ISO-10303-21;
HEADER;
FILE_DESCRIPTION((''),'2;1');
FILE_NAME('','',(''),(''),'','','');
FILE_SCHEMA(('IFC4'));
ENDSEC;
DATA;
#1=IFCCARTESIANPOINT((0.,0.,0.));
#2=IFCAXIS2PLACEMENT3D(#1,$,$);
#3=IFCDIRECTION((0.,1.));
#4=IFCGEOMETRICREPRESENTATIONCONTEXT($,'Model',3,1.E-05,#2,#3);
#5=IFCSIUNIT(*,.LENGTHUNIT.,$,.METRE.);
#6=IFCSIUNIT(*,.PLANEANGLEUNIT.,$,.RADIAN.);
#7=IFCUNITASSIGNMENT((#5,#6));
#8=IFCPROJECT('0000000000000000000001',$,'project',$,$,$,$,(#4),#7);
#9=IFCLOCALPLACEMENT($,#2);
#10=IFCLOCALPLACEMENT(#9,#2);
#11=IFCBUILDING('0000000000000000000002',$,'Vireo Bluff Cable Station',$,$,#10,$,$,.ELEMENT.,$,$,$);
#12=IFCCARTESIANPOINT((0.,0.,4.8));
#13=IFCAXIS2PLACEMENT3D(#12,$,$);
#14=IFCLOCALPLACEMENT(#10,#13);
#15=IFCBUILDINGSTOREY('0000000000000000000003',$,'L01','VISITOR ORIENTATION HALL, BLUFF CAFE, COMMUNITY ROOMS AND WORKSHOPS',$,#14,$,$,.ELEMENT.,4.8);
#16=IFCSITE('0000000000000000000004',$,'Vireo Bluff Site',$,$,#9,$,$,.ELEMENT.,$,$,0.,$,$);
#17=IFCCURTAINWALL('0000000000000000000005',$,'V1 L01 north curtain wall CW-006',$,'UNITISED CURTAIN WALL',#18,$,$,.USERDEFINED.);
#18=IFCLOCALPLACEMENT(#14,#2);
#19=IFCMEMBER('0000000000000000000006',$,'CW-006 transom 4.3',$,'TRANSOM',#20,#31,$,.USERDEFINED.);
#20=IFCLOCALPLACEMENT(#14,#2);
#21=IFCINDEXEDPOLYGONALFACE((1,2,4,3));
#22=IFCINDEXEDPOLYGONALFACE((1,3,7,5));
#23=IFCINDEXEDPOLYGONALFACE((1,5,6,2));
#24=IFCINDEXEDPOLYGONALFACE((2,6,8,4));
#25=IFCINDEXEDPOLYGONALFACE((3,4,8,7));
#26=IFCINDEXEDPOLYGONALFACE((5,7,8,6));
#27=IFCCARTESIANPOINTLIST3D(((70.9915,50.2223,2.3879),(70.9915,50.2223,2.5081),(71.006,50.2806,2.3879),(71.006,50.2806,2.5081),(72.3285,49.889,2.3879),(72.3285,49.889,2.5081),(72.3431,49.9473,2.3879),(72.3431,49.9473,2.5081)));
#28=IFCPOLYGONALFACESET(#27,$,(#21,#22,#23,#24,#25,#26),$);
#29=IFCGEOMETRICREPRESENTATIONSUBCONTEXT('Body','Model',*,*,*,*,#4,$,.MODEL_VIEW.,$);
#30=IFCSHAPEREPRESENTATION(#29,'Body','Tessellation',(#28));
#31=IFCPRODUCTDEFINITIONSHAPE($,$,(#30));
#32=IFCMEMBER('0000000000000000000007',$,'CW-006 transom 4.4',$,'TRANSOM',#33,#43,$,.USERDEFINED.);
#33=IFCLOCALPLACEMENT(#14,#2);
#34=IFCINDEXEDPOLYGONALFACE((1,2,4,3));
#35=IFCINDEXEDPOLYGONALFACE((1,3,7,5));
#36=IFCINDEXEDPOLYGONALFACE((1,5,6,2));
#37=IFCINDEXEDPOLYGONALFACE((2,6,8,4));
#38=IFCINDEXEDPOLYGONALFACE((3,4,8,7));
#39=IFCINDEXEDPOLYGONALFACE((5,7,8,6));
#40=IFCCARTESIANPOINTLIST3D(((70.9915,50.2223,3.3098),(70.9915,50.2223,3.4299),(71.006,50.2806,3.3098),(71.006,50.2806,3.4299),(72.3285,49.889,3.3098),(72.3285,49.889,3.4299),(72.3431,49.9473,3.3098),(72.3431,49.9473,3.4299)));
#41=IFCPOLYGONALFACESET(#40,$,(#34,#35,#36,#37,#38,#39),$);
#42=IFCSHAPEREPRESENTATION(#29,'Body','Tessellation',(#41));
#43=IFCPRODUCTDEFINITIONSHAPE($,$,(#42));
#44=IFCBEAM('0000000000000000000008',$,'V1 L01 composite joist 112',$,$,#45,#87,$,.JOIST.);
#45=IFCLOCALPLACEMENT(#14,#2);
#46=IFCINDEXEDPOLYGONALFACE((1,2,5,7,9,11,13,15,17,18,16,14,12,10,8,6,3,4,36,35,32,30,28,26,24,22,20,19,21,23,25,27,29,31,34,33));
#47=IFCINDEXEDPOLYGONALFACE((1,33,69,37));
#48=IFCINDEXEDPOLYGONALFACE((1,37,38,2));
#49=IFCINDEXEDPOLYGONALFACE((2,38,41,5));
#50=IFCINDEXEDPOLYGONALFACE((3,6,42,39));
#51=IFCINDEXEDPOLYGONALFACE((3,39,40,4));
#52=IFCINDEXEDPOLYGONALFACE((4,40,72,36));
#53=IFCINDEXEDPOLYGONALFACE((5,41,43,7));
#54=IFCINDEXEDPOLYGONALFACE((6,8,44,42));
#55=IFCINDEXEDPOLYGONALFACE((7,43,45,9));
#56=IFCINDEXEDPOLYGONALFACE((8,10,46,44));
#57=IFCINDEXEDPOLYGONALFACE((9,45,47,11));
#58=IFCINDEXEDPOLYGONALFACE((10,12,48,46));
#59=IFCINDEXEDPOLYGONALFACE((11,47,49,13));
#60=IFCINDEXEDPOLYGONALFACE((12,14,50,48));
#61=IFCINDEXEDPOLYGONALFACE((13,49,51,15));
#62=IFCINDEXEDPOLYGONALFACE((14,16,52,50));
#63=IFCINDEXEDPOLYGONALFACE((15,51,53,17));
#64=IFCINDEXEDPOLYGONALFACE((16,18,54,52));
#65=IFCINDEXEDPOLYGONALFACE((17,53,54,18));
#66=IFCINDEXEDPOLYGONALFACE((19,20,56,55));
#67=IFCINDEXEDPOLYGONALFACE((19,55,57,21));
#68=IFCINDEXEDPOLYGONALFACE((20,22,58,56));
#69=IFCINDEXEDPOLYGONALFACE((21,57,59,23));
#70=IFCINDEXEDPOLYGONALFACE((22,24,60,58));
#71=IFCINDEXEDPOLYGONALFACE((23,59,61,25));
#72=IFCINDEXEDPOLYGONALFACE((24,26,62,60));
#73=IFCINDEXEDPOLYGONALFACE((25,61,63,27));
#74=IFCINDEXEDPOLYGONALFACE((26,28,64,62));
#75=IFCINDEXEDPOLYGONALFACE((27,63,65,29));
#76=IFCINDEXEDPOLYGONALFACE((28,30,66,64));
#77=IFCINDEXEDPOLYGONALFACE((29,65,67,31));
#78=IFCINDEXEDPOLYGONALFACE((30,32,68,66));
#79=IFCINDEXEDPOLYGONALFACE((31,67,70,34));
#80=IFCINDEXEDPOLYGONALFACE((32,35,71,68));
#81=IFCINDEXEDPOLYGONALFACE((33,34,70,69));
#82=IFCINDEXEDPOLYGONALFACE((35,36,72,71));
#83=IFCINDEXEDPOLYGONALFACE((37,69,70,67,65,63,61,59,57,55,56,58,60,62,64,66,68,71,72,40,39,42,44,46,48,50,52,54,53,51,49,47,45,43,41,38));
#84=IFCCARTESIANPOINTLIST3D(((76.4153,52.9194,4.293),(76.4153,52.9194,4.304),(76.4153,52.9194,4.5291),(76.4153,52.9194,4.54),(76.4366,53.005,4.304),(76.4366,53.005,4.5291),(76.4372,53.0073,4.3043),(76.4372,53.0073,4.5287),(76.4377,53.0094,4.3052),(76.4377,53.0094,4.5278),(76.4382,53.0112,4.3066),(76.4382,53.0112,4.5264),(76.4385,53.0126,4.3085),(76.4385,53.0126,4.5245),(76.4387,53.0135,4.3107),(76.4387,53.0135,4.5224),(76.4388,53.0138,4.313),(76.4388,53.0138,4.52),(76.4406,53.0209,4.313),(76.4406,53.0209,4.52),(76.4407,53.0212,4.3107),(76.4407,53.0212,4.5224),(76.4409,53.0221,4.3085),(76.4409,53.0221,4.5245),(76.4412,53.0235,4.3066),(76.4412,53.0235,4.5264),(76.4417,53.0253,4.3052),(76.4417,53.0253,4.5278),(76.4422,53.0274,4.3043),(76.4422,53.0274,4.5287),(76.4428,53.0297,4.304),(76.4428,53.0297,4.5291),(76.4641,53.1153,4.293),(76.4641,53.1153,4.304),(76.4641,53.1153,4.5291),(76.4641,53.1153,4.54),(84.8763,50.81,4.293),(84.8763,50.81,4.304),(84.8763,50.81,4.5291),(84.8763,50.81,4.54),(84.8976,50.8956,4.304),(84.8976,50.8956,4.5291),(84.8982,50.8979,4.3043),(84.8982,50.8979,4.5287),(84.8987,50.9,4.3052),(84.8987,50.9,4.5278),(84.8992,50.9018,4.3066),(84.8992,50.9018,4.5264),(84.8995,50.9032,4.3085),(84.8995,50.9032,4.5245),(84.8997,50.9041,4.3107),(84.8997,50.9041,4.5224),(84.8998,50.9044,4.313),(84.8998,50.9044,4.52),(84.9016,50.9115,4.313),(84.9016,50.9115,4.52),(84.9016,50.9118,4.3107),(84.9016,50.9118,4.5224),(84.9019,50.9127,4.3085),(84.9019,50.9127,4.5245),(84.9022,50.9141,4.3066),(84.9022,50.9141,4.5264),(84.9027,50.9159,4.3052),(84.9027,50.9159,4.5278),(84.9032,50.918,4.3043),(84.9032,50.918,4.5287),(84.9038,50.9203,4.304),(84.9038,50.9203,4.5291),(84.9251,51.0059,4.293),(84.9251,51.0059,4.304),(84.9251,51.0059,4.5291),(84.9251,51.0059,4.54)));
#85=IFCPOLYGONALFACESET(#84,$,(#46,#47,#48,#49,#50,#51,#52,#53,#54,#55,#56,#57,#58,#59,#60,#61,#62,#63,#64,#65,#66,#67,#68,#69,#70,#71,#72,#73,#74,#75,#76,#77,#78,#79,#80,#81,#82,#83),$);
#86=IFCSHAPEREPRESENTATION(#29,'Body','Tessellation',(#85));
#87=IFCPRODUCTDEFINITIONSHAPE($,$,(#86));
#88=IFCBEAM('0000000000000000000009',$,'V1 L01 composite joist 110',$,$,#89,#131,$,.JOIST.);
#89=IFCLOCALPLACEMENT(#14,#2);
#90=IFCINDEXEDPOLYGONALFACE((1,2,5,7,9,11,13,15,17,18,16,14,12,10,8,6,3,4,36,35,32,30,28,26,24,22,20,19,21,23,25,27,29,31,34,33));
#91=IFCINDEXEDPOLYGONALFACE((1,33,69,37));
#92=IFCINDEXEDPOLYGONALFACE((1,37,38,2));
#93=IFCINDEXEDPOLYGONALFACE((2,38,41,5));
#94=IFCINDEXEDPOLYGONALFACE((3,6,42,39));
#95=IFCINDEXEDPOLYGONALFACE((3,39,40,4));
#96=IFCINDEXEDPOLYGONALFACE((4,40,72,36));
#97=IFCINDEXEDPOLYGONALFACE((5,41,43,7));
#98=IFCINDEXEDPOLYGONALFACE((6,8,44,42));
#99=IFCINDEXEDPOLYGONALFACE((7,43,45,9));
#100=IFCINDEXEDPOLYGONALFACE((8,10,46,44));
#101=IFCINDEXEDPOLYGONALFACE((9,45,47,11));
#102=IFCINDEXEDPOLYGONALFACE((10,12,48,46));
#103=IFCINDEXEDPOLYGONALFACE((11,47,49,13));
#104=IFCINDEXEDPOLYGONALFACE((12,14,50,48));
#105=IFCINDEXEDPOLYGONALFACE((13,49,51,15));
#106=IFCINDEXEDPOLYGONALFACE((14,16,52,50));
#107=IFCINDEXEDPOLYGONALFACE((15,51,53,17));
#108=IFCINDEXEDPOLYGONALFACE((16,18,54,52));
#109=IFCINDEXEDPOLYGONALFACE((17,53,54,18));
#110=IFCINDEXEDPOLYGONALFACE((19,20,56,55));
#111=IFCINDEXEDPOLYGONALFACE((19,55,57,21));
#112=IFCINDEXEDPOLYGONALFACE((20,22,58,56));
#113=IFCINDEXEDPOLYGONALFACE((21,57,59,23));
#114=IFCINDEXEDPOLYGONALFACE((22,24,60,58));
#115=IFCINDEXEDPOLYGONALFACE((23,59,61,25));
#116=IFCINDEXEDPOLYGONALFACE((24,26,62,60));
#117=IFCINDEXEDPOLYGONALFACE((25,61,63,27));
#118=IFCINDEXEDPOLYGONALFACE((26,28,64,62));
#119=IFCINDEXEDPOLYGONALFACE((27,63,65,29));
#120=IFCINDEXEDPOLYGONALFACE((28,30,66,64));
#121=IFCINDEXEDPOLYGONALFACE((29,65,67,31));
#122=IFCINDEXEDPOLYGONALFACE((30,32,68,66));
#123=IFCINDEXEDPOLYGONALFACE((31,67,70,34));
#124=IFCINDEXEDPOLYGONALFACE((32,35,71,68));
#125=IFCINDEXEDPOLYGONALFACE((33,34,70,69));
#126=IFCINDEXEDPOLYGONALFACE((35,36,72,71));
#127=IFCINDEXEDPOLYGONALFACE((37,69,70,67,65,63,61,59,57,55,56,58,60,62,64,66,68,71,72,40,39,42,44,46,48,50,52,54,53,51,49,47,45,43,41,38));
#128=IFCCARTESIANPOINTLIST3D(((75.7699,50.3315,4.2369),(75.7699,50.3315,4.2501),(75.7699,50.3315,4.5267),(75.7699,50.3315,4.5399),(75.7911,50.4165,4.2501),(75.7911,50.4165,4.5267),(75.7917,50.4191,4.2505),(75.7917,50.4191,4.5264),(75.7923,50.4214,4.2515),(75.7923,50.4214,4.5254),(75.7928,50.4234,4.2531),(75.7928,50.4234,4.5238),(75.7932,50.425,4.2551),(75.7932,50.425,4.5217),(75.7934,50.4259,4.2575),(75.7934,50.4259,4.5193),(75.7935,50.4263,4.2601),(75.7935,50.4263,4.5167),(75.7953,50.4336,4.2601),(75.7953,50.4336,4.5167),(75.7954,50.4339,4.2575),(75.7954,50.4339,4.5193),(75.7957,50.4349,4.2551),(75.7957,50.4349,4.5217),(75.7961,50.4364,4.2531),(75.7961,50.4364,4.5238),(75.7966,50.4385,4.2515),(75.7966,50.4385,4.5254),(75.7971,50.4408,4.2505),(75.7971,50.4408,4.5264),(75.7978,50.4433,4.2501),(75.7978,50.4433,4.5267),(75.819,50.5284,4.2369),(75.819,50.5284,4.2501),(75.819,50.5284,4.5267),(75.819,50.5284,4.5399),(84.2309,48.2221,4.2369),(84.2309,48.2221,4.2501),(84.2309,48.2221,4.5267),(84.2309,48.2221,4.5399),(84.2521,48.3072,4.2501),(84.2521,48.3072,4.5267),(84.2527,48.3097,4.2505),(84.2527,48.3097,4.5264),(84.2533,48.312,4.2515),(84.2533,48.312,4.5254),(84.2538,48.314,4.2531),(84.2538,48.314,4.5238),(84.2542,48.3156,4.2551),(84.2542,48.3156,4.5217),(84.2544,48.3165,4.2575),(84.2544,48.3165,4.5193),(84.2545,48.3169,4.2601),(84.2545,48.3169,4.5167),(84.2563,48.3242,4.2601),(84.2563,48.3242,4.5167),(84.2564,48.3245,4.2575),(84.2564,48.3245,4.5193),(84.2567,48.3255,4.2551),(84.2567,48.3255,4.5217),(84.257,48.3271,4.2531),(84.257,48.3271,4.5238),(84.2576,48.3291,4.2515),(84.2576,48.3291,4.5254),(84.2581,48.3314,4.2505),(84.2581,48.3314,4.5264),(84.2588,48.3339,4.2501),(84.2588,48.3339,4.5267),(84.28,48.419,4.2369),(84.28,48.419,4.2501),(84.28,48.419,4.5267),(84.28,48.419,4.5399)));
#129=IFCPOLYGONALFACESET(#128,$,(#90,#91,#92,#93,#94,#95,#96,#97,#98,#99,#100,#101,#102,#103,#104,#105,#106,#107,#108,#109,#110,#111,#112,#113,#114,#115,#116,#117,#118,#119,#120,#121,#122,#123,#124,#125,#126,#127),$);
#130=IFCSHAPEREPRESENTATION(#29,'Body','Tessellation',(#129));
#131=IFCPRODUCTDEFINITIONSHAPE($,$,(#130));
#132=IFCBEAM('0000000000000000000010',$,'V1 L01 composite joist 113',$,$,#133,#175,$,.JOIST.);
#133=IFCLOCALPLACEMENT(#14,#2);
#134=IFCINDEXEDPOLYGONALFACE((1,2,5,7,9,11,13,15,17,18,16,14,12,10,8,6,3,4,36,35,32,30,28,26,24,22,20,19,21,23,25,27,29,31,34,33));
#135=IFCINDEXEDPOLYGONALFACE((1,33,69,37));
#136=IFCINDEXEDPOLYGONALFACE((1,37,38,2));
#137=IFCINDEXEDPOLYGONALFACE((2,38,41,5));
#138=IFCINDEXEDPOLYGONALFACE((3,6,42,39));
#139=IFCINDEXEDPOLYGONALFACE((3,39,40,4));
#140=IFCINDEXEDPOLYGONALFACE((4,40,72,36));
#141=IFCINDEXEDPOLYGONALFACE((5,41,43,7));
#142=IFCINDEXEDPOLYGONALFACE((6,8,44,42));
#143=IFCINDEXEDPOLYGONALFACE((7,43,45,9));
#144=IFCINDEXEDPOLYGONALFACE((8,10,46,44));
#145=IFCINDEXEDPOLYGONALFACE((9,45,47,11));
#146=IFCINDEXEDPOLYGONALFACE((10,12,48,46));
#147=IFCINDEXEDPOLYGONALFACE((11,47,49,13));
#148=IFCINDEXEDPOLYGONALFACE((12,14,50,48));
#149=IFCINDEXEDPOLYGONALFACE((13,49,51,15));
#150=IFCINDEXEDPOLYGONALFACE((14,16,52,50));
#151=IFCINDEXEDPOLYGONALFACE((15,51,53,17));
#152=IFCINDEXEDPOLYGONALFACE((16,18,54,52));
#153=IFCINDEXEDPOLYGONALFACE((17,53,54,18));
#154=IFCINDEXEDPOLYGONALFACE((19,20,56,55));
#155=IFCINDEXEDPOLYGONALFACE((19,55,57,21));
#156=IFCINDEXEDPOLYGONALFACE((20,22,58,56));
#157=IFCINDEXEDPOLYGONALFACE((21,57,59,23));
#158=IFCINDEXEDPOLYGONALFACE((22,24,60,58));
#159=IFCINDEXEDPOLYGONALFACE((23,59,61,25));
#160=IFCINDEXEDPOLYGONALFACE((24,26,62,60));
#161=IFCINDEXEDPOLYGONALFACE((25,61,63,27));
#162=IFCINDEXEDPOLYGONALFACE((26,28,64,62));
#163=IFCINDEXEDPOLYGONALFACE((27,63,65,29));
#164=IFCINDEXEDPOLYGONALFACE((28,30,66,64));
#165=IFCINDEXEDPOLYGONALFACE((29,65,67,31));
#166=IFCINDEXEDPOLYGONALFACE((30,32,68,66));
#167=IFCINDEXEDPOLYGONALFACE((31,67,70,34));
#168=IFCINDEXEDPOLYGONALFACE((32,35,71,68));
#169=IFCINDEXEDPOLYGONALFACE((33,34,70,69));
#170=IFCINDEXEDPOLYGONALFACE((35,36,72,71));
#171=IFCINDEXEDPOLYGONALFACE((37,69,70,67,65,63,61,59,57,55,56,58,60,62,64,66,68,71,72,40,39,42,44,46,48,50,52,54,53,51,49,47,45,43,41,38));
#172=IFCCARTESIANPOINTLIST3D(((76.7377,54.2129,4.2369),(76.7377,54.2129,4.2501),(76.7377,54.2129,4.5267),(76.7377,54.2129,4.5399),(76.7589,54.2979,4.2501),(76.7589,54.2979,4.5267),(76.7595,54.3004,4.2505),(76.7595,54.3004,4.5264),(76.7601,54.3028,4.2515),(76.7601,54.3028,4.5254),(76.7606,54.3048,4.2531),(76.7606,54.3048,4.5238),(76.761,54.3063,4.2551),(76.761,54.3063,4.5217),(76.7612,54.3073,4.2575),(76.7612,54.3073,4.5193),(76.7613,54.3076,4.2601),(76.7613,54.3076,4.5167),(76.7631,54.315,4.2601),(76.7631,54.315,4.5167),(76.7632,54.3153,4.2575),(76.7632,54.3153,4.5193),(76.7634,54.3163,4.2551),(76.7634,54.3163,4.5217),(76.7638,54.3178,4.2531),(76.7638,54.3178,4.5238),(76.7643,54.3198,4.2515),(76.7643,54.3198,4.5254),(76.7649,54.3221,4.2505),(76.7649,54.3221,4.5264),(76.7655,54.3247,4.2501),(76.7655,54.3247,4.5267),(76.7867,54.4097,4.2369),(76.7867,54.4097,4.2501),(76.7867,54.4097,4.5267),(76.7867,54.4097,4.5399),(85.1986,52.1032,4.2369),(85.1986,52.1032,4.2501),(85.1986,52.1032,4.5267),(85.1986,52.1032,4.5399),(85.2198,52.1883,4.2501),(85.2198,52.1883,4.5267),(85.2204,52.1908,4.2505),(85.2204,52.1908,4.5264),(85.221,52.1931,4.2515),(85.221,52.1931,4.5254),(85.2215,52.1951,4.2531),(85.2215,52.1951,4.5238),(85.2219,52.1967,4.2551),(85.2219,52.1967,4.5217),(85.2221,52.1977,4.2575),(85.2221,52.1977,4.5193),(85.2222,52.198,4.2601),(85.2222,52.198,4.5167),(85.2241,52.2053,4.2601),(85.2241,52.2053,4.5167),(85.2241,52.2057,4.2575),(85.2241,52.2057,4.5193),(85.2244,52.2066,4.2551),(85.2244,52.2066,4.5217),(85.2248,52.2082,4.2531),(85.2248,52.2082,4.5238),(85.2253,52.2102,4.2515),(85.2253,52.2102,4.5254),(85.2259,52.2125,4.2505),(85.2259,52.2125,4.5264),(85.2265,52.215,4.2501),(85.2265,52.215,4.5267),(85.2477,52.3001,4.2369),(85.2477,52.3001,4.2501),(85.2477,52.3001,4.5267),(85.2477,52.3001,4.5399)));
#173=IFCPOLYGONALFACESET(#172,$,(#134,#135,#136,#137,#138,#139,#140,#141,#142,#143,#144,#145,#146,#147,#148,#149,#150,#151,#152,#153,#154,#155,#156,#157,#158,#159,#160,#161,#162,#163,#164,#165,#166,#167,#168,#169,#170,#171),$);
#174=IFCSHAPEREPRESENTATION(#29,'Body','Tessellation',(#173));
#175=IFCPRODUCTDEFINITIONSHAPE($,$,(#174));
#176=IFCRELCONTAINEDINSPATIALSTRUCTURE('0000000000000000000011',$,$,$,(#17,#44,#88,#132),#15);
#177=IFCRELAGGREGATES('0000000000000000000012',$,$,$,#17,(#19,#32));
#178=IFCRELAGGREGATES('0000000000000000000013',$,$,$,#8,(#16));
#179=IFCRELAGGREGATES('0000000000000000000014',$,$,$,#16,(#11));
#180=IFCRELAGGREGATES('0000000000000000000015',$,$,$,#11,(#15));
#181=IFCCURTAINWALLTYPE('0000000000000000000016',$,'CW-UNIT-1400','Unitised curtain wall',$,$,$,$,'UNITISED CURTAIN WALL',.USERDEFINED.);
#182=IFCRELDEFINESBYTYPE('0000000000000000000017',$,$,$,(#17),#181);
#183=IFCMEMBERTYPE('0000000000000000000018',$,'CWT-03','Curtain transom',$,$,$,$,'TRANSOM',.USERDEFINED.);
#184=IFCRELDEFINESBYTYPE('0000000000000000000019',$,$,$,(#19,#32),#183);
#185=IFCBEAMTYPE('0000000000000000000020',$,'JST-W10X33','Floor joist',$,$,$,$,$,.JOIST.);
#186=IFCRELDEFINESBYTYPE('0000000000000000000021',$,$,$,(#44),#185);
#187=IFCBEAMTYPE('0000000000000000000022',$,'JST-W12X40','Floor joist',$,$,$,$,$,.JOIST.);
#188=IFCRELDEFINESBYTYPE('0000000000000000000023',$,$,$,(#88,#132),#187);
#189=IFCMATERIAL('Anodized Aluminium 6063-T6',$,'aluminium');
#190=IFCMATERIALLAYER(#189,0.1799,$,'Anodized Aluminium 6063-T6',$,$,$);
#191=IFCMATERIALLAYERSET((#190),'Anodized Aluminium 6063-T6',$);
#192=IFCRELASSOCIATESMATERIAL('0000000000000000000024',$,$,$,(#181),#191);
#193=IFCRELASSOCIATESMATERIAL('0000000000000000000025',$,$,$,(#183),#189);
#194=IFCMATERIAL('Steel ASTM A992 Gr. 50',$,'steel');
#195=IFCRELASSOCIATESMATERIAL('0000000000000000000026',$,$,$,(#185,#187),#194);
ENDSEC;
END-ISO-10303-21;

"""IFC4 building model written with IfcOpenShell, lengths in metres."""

from ifc_helpers import new_model, si_unit, direction, frame, origin, origin_2d, place, context, subcontext, project, spatial, rectangle, i_section, extrude, material, layer, layer_set, material_profile, profile_set, type_object, element, aggregate, save


model = new_model("IFC4")

# Units and contexts
model_context = context("Model", 3, precision=1e-05, world=origin(), true_north=direction((0.0, 1.0)))
body_context = subcontext(model_context, "Body", "Model", "MODEL_VIEW")
ifc_project = project(units=[si_unit("LENGTHUNIT", "METRE"), si_unit("PLANEANGLEUNIT", "RADIAN")], contexts=[model_context])

# Site, building, storey
site_placement = place(None, origin())
site = spatial("IfcSite", under=ifc_project, at=site_placement, Name="Vireo Bluff Site", CompositionType="ELEMENT", RefElevation=0.0)
building_placement = place(site_placement, origin())
building = spatial("IfcBuilding", under=site, at=building_placement, Name="Vireo Bluff Cable Station", CompositionType="ELEMENT")
storey_placement = place(building_placement, frame((0.0, 0.0, 4.8)))
storey = spatial("IfcBuildingStorey", under=building, at=storey_placement, Name="L01", Description="VISITOR ORIENTATION HALL, BLUFF CAFE, COMMUNITY ROOMS AND WORKSHOPS", CompositionType="ELEMENT", Elevation=4.8)

# Shared definitions
ifc_material_1 = material(Name="Steel ASTM A992 Gr. 50", Category="steel")

# Shared definitions
ifc_material_2 = material(Name="Anodized Aluminium 6063-T6", Category="aluminium")
ifc_layer_1 = layer(ifc_material_2, 0.1799, Name="Anodized Aluminium 6063-T6")
ifc_layer_set_1 = layer_set([ifc_layer_1], Name="Anodized Aluminium 6063-T6")
curtain_wall_type = type_object("IfcCurtainWallType", Name="CW-UNIT-1400", Description="Unitised curtain wall", ElementType="UNITISED CURTAIN WALL", PredefinedType="USERDEFINED", material=ifc_layer_set_1)

# Curtain wall
curtain_wall_1_placement = place(storey_placement, origin())
curtain_wall_1 = element("IfcCurtainWall", 1, at=curtain_wall_1_placement, inside=storey, type_object=curtain_wall_type, Name="V1 L01 north curtain wall CW-006", ObjectType="UNITISED CURTAIN WALL", PredefinedType="USERDEFINED")

# Members
ifc_material_profile_1 = material_profile(ifc_material_2, rectangle(XDim=0.0601, YDim=0.1201, at=origin_2d()), Name="ALU-T-60X120")
ifc_profile_set_1 = profile_set([ifc_material_profile_1], Name="Anodized Aluminium 6063-T6")
member_type_1 = type_object("IfcMemberType", Name="CWT-03", Description="Curtain transom", ElementType="TRANSOM", PredefinedType="USERDEFINED", material=ifc_profile_set_1)
member_1_placement = place(storey_placement, frame((70.9988, 50.2515, 2.448), z_axis=(0.970309, -0.241868, 0.0), x_axis=(0.241868, 0.970309, 0.0)))
member_1 = element("IfcMember", 2, at=member_1_placement, type_object=member_type_1, Name="CW-006 transom 4.3", ObjectType="TRANSOM", PredefinedType="USERDEFINED", context=body_context, shape_type="SweptSolid", body=[
    extrude(rectangle(XDim=0.0601, YDim=0.1201, at=origin_2d()), origin(), (0.0, 0.0, 1.0), 1.3779),
])
member_2_placement = place(storey_placement, frame((70.9988, 50.2515, 3.3699), z_axis=(0.970309, -0.241868, 0.0), x_axis=(0.241868, 0.970309, 0.0)))
member_2 = element("IfcMember", 3, at=member_2_placement, type_object=member_type_1, Name="CW-006 transom 4.4", ObjectType="TRANSOM", PredefinedType="USERDEFINED", context=body_context, shape_type="SweptSolid", body=[
    extrude(rectangle(XDim=0.0601, YDim=0.1201, at=origin_2d()), origin(), (0.0, 0.0, 1.0), 1.3779),
])

# Beams
ifc_material_profile_2 = material_profile(ifc_material_1, i_section(OverallWidth=0.2019, OverallDepth=0.2471, WebThickness=0.0073, FlangeThickness=0.011, FilletRadius=0.009, at=origin_2d()), Name="W10X33")
ifc_profile_set_2 = profile_set([ifc_material_profile_2], Name="Steel ASTM A992 Gr. 50")
beam_type_1 = type_object("IfcBeamType", Name="JST-W10X33", Description="Floor joist", PredefinedType="JOIST", material=ifc_profile_set_2)
beam_1_placement = place(storey_placement, frame((76.4397, 53.0173, 4.4165), z_axis=(0.9703, -0.241903, 0.0), x_axis=(0.241903, 0.9703, 0.0)))
element("IfcBeam", 4, at=beam_1_placement, inside=storey, type_object=beam_type_1, Name="V1 L01 composite joist 112", PredefinedType="JOIST", context=body_context, shape_type="SweptSolid", body=[
    extrude(i_section(OverallWidth=0.2019, OverallDepth=0.2471, WebThickness=0.0073, FlangeThickness=0.011, FilletRadius=0.009, at=origin_2d()), origin(), (0.0, 0.0, 1.0), 8.72),
])
ifc_material_profile_3 = material_profile(ifc_material_1, i_section(OverallWidth=0.2029, OverallDepth=0.303, WebThickness=0.0076, FlangeThickness=0.0132, FilletRadius=0.01, at=origin_2d()), Name="W12X40")
ifc_profile_set_3 = profile_set([ifc_material_profile_3], Name="Steel ASTM A992 Gr. 50")
beam_type_2 = type_object("IfcBeamType", Name="JST-W12X40", Description="Floor joist", PredefinedType="JOIST", material=ifc_profile_set_3)
for number, where, z_axis, x_axis, name in (
    (5, (75.7944, 50.4299, 4.3884), (0.9703, -0.241903, 0.0), (0.241903, 0.9703, 0.0), "V1 L01 composite joist 110"),
    (6, (76.7622, 54.3113, 4.3884), (0.970294, -0.24193, 0.0), (0.24193, 0.970294, 0.0), "V1 L01 composite joist 113"),
):
    element("IfcBeam", number, at=place(storey_placement, frame(where, z_axis=z_axis, x_axis=x_axis)), inside=storey, type_object=beam_type_2, Name=name, PredefinedType="JOIST", context=body_context, shape_type="SweptSolid", body=[
        extrude(i_section(OverallWidth=0.2029, OverallDepth=0.303, WebThickness=0.0076, FlangeThickness=0.0132, FilletRadius=0.01, at=origin_2d()), origin(), (0.0, 0.0, 1.0), 8.72),
    ])

aggregate(curtain_wall_1, [member_1, member_2])

save(model, "model.ifc")
